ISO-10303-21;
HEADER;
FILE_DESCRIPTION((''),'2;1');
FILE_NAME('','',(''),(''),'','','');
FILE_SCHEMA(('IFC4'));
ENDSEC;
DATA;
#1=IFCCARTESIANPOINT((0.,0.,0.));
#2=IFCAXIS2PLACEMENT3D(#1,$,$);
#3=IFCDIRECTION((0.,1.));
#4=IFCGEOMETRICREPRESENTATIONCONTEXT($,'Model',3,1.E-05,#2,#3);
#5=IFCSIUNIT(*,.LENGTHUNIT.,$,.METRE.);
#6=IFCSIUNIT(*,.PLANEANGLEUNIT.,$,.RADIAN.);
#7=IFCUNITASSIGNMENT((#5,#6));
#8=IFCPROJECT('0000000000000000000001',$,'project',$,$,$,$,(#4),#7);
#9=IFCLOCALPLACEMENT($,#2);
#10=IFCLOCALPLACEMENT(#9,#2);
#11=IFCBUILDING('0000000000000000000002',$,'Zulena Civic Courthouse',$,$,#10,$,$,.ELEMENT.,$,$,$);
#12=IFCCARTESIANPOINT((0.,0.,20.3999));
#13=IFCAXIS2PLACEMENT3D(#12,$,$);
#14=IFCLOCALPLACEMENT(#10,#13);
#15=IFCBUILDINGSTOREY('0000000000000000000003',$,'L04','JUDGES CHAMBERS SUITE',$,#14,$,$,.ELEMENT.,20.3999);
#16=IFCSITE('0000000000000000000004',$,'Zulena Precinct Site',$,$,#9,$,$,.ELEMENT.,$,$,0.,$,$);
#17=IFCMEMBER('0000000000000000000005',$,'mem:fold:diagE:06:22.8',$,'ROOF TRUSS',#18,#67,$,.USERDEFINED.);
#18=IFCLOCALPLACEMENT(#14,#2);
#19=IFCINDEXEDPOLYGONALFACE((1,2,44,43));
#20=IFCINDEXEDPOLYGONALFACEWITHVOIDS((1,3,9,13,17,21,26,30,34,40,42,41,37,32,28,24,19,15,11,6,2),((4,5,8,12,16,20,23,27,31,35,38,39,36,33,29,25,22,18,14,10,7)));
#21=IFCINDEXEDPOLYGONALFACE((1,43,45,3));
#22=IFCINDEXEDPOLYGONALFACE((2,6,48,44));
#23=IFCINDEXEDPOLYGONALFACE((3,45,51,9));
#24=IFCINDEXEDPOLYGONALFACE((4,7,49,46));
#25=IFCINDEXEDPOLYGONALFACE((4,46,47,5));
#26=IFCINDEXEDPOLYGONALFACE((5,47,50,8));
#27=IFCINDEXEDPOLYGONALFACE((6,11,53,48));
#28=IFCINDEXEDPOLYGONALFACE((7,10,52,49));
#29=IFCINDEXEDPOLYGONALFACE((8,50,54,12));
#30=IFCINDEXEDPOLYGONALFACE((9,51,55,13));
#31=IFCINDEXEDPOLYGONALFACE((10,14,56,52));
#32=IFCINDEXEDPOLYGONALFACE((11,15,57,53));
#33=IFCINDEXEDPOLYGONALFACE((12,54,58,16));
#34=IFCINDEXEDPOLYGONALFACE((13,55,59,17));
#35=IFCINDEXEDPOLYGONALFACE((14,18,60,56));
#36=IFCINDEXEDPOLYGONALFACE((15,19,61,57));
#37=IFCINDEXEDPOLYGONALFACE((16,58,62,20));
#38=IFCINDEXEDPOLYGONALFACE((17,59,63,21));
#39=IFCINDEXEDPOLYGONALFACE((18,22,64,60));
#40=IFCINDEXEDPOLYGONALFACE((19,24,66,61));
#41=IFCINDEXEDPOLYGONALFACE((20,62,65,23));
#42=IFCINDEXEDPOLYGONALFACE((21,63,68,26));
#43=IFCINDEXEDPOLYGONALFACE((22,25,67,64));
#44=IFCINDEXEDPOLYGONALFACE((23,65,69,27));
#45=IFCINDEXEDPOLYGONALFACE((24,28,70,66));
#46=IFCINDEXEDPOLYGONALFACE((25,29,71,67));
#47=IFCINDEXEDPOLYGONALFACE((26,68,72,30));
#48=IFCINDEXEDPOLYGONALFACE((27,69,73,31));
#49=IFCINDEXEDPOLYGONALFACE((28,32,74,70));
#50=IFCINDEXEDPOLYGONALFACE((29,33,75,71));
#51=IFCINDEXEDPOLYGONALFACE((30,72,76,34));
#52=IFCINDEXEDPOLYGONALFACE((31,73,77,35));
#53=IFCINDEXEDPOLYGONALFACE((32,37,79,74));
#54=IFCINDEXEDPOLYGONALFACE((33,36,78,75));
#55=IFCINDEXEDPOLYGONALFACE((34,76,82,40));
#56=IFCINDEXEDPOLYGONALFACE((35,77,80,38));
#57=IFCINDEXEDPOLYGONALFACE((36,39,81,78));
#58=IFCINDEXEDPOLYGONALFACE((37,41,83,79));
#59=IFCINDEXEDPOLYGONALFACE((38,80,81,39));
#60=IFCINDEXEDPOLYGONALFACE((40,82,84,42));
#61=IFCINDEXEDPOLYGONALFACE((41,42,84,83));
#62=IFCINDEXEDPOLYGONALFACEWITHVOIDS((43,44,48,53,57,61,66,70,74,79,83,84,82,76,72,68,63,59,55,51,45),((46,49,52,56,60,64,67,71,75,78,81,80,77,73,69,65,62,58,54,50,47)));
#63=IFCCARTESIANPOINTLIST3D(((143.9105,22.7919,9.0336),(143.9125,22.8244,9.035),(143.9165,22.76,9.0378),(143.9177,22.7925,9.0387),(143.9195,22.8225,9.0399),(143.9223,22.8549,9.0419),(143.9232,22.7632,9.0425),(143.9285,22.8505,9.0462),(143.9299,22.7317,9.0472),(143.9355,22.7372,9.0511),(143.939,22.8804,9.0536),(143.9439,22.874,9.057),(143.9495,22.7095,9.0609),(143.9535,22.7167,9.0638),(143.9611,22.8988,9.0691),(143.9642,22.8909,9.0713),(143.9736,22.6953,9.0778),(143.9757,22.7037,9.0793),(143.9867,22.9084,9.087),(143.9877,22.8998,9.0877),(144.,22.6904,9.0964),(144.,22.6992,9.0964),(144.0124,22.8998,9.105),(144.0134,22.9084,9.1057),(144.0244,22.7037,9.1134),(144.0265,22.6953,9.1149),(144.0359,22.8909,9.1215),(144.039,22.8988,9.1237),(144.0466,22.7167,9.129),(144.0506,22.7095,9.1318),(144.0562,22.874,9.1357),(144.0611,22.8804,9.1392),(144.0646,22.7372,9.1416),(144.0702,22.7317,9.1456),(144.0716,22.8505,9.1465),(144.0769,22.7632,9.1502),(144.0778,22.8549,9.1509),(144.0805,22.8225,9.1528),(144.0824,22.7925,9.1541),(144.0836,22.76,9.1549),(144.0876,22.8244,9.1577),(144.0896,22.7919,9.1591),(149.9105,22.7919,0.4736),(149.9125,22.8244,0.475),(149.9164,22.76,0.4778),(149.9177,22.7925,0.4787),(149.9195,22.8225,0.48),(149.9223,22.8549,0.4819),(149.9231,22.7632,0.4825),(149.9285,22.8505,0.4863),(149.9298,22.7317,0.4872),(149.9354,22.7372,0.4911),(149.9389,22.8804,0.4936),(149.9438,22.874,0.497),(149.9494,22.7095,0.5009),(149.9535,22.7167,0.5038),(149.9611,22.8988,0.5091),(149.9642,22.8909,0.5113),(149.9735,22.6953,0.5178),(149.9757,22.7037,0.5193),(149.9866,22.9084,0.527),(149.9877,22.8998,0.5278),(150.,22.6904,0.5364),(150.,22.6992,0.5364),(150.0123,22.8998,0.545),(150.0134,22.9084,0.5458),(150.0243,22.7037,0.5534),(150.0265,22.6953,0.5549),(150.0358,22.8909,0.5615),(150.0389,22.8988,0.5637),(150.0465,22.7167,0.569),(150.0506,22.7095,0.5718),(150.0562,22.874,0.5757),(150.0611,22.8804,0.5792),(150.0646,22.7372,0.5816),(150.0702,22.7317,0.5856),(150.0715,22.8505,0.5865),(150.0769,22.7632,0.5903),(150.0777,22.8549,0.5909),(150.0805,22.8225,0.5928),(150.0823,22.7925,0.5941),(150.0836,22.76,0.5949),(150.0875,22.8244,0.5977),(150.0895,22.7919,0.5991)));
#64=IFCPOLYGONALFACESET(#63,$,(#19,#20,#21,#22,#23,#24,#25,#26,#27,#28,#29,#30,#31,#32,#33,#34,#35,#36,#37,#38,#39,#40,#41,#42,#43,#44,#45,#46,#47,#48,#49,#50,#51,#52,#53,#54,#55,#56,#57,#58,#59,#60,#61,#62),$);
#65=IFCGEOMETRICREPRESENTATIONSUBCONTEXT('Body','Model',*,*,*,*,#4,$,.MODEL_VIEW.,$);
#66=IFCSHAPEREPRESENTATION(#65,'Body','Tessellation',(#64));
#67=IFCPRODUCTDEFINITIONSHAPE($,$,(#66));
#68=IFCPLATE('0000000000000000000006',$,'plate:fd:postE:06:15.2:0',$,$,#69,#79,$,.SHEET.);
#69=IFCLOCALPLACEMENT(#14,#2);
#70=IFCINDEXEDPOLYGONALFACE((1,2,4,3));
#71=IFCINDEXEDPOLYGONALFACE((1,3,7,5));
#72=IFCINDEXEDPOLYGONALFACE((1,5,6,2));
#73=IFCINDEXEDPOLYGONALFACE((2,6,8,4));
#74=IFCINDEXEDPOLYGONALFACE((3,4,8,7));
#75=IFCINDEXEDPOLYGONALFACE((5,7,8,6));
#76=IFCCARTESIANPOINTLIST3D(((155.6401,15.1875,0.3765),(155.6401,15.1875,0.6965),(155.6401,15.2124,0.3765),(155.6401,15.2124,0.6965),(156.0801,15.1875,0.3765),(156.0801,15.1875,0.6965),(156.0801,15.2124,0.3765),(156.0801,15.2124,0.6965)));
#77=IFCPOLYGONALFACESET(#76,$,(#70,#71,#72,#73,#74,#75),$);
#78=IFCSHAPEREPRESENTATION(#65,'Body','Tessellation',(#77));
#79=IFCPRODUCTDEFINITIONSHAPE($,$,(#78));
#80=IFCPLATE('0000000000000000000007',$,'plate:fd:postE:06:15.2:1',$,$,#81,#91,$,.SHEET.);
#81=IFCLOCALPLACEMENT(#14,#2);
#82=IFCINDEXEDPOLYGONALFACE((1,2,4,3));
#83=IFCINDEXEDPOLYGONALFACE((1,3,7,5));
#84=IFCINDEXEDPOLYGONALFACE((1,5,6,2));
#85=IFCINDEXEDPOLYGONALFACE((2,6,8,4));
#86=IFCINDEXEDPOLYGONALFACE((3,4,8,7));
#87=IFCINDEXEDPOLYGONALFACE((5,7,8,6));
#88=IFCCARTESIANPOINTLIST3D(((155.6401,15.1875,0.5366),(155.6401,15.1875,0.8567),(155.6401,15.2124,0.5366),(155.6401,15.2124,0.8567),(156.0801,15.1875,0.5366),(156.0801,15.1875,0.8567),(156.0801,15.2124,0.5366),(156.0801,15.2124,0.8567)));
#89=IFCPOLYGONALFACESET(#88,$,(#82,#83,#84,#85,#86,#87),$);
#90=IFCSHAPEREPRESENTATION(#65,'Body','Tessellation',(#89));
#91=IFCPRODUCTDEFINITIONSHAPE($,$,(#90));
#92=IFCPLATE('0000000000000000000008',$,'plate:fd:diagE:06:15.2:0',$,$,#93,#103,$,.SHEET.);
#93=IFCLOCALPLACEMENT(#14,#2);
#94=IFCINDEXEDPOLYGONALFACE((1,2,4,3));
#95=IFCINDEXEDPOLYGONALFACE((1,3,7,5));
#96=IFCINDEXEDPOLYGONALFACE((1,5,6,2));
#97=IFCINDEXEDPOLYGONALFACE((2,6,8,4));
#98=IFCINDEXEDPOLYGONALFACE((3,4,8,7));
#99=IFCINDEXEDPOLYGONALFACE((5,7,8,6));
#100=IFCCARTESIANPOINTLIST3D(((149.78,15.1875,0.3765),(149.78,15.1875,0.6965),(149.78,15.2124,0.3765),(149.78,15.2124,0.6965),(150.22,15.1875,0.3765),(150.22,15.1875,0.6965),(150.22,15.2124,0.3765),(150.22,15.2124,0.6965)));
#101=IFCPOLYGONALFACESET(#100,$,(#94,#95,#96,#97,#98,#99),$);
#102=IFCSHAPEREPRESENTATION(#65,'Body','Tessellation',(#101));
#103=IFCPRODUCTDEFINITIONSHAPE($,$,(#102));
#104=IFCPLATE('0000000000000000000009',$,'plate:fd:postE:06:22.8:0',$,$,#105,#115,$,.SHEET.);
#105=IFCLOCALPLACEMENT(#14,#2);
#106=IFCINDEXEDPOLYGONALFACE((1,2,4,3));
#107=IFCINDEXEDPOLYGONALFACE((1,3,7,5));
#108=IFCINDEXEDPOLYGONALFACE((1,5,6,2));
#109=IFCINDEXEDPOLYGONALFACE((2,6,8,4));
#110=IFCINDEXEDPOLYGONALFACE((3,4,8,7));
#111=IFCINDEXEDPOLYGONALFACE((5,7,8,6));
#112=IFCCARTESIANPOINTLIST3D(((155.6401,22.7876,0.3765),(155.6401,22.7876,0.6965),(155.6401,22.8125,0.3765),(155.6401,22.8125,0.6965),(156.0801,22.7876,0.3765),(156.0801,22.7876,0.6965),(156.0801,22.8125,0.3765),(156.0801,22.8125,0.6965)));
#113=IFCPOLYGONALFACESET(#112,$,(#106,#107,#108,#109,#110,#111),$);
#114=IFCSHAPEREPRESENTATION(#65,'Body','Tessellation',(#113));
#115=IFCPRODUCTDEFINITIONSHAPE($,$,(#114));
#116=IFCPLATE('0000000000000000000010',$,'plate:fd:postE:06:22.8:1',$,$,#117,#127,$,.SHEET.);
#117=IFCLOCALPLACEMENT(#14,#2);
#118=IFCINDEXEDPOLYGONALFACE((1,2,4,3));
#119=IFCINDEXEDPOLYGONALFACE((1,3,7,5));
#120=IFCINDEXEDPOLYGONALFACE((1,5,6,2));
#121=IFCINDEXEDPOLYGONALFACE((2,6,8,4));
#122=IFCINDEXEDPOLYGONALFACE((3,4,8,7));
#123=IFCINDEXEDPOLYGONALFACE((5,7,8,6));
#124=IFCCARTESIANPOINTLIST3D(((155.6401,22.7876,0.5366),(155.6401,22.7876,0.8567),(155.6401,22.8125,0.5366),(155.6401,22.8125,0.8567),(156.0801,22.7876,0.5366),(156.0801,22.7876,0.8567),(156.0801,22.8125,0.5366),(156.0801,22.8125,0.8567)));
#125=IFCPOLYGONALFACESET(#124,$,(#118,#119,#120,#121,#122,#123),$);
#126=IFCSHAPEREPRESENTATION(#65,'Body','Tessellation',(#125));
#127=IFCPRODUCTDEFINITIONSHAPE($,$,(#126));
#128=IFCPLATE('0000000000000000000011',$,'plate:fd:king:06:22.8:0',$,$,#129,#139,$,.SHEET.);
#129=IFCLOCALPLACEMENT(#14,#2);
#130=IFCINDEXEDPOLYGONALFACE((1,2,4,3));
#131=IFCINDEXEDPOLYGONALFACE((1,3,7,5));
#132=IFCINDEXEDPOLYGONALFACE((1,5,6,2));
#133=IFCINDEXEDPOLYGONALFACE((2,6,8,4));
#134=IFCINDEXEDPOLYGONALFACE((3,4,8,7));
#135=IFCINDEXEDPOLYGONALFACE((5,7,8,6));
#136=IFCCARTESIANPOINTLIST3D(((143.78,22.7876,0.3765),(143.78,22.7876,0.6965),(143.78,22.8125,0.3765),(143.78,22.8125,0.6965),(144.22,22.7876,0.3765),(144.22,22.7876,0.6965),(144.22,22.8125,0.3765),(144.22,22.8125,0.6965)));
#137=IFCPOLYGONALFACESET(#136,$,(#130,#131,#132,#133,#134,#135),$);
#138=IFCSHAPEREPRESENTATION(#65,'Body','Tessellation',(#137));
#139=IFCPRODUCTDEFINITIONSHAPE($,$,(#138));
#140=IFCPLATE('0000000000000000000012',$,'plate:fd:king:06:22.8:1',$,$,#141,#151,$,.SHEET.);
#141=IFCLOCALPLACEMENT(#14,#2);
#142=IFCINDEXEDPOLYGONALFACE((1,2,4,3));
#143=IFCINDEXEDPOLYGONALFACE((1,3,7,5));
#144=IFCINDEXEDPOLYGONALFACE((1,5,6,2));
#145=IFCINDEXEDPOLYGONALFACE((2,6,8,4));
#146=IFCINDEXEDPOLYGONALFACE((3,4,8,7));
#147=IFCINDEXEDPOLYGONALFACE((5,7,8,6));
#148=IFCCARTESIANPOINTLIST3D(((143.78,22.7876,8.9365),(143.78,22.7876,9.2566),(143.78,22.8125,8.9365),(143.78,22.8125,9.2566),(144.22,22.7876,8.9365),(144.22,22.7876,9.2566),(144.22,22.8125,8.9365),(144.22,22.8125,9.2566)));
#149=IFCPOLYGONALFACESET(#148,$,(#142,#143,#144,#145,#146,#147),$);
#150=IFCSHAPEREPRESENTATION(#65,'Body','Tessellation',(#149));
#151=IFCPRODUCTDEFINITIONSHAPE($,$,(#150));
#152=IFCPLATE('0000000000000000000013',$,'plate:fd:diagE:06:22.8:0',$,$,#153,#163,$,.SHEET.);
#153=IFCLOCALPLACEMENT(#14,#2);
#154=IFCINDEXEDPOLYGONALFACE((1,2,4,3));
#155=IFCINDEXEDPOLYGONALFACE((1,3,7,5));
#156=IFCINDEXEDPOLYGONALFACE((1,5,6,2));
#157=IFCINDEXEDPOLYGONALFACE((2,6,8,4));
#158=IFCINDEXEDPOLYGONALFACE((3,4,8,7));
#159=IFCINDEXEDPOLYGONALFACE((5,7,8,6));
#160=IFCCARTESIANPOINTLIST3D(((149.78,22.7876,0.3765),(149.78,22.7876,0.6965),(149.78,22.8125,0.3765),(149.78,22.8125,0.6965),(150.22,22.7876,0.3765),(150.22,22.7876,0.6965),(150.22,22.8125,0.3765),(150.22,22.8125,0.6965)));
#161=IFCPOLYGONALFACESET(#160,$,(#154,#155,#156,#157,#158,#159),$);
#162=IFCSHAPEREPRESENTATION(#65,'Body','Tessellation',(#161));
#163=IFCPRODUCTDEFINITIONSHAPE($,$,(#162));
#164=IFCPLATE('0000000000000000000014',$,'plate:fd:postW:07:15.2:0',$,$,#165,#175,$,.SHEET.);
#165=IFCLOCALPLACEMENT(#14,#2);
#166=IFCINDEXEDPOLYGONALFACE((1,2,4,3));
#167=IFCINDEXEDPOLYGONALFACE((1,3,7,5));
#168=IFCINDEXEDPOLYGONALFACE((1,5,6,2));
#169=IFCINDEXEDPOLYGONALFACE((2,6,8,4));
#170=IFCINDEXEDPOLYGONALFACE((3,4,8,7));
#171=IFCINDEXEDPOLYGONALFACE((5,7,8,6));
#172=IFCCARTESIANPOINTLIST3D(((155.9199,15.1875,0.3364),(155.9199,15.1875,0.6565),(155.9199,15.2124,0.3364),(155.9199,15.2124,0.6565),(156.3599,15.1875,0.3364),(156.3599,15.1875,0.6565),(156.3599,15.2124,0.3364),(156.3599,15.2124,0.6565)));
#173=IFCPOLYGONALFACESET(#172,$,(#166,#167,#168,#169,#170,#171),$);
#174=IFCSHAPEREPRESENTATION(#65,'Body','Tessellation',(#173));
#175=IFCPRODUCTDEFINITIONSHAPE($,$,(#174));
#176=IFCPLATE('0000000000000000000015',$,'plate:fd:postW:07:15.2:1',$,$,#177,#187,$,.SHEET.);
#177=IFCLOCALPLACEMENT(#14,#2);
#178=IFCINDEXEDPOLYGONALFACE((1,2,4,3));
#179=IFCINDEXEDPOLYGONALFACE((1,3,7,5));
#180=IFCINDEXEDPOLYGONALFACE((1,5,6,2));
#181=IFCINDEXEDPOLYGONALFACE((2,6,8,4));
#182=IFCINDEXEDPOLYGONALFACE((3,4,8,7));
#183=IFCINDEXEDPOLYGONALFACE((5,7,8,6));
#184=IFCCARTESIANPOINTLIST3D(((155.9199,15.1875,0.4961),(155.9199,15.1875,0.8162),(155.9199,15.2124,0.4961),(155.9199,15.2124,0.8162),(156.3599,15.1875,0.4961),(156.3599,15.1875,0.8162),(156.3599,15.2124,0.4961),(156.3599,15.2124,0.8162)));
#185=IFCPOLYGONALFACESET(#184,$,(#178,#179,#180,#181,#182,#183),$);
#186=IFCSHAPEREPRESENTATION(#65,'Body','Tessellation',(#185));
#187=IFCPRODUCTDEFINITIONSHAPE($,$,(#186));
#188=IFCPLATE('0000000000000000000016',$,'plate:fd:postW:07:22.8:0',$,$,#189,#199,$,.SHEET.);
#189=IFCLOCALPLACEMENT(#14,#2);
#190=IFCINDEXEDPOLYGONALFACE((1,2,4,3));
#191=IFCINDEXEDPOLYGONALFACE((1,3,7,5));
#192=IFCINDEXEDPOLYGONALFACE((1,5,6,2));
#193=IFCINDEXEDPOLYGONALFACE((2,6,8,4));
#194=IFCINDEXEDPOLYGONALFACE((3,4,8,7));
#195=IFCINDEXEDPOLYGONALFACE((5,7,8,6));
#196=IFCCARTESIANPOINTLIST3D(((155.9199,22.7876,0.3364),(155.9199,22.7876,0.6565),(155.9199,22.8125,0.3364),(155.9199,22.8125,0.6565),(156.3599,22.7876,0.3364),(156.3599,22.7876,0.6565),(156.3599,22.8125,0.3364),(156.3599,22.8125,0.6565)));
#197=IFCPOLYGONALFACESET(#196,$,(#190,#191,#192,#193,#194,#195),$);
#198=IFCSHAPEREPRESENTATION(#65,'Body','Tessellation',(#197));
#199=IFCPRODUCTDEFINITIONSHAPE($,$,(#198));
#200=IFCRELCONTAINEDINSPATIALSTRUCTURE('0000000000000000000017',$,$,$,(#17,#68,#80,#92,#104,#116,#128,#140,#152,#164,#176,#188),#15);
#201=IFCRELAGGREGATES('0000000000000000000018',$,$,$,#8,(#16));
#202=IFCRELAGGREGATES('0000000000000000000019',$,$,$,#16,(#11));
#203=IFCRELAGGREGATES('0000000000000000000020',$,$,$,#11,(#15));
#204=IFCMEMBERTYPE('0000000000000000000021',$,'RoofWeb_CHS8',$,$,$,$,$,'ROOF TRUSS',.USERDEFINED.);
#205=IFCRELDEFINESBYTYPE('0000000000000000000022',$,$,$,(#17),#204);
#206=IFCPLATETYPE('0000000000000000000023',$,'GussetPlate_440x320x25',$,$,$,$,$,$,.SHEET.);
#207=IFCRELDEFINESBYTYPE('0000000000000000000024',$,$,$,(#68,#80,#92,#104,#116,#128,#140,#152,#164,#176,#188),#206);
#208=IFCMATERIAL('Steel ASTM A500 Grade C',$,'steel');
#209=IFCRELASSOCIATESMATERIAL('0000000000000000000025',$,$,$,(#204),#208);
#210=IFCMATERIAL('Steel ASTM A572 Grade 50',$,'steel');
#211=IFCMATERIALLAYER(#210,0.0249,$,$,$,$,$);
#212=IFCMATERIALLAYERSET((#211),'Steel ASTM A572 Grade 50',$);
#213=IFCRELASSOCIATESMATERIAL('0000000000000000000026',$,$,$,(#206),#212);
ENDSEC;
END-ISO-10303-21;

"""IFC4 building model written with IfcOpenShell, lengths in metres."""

from ifc_helpers import new_model, si_unit, direction, frame, origin, origin_2d, place, context, subcontext, project, spatial, rectangle, hollow_circle, extrude, material, layer, layer_set, material_profile, profile_set, type_object, element, save


model = new_model("IFC4")

# Units and contexts
model_context = context("Model", 3, precision=1e-05, world=origin(), true_north=direction((0.0, 1.0)))
body_context = subcontext(model_context, "Body", "Model", "MODEL_VIEW")
ifc_project = project(units=[si_unit("LENGTHUNIT", "METRE"), si_unit("PLANEANGLEUNIT", "RADIAN")], contexts=[model_context])

# Site, building, storey
site_placement = place(None, origin())
site = spatial("IfcSite", under=ifc_project, at=site_placement, Name="Zulena Precinct Site", CompositionType="ELEMENT", RefElevation=0.0)
building_placement = place(site_placement, origin())
building = spatial("IfcBuilding", under=site, at=building_placement, Name="Zulena Civic Courthouse", CompositionType="ELEMENT")
storey_placement = place(building_placement, frame((0.0, 0.0, 20.3999)))
storey = spatial("IfcBuildingStorey", under=building, at=storey_placement, Name="L04", Description="JUDGES CHAMBERS SUITE", CompositionType="ELEMENT", Elevation=20.3999)

# Member
ifc_material_1 = material(Name="Steel ASTM A500 Grade C", Category="steel")
ifc_material_profile_1 = material_profile(ifc_material_1, hollow_circle(Radius=0.1096, WallThickness=0.0088, at=origin_2d()), Name="HSS8.625X0.375")
ifc_profile_set_1 = profile_set([ifc_material_profile_1], Name="Steel ASTM A500 Grade C")
member_type_1 = type_object("IfcMemberType", Name="RoofWeb_CHS8", ElementType="ROOF TRUSS", PredefinedType="USERDEFINED", material=ifc_profile_set_1)
for number, where, z_axis, x_axis, name in (
    (1, (150.0, 22.8, 0.5364), (-0.573973, 0.0, 0.818874), (0.0, -1.0, 0.0), "mem:fold:diagE:06:22.8"),
):
    element("IfcMember", number, at=place(storey_placement, frame(where, z_axis=z_axis, x_axis=x_axis)), inside=storey, type_object=member_type_1, Name=name, ObjectType="ROOF TRUSS", PredefinedType="USERDEFINED", context=body_context, shape_type="SweptSolid", body=[
        extrude(hollow_circle(Radius=0.1096, WallThickness=0.0088, at=origin_2d()), origin(), (0.0, 0.0, 1.0), 10.4534),
    ])

# Plates
ifc_material_2 = material(Name="Steel ASTM A572 Grade 50", Category="steel")
ifc_layer = layer(ifc_material_2, 0.0249)
ifc_layer_set = layer_set([ifc_layer], Name="Steel ASTM A572 Grade 50")
plate_type = type_object("IfcPlateType", Name="GussetPlate_440x320x25", PredefinedType="SHEET", material=ifc_layer_set)
for number, where, z_axis, x_axis, name in (
    (2, (155.8601, 15.2, 0.3765), (0.0, 0.0, 1.0), (1.0, 0.0, 0.0), "plate:fd:postE:06:15.2:0"),
    (3, (155.8601, 15.2, 0.5366), (0.0, 0.0, 1.0), (1.0, 0.0, 0.0), "plate:fd:postE:06:15.2:1"),
    (4, (150.0, 15.2, 0.3765), (0.0, 0.0, 1.0), (1.0, 0.0, 0.0), "plate:fd:diagE:06:15.2:0"),
    (5, (155.8601, 22.8, 0.3765), (0.0, 0.0, 1.0), (1.0, 0.0, 0.0), "plate:fd:postE:06:22.8:0"),
    (6, (155.8601, 22.8, 0.5366), (0.0, 0.0, 1.0), (1.0, 0.0, 0.0), "plate:fd:postE:06:22.8:1"),
    (7, (144.0, 22.8, 0.3765), (0.0, 0.0, 1.0), (1.0, 0.0, 0.0), "plate:fd:king:06:22.8:0"),
    (8, (144.0, 22.8, 8.9365), (0.0, 0.0, 1.0), (1.0, 0.0, 0.0), "plate:fd:king:06:22.8:1"),
    (9, (150.0, 22.8, 0.3765), (0.0, 0.0, 1.0), (1.0, 0.0, 0.0), "plate:fd:diagE:06:22.8:0"),
    (10, (156.1399, 15.2, 0.3364), (0.0, 0.0, 1.0), (1.0, 0.0, 0.0), "plate:fd:postW:07:15.2:0"),
    (11, (156.1399, 15.2, 0.4961), (0.0, 0.0, 1.0), (1.0, 0.0, 0.0), "plate:fd:postW:07:15.2:1"),
    (12, (156.1399, 22.8, 0.3364), (0.0, 0.0, 1.0), (1.0, 0.0, 0.0), "plate:fd:postW:07:22.8:0"),
):
    element("IfcPlate", number, at=place(storey_placement, frame(where, z_axis=z_axis, x_axis=x_axis)), inside=storey, type_object=plate_type, Name=name, PredefinedType="SHEET", context=body_context, shape_type="SweptSolid", body=[
        extrude(rectangle(XDim=0.4399, YDim=0.0249, at=origin_2d()), origin(), (0.0, 0.0, 1.0), 0.3201),
    ])

save(model, "model.ifc")
